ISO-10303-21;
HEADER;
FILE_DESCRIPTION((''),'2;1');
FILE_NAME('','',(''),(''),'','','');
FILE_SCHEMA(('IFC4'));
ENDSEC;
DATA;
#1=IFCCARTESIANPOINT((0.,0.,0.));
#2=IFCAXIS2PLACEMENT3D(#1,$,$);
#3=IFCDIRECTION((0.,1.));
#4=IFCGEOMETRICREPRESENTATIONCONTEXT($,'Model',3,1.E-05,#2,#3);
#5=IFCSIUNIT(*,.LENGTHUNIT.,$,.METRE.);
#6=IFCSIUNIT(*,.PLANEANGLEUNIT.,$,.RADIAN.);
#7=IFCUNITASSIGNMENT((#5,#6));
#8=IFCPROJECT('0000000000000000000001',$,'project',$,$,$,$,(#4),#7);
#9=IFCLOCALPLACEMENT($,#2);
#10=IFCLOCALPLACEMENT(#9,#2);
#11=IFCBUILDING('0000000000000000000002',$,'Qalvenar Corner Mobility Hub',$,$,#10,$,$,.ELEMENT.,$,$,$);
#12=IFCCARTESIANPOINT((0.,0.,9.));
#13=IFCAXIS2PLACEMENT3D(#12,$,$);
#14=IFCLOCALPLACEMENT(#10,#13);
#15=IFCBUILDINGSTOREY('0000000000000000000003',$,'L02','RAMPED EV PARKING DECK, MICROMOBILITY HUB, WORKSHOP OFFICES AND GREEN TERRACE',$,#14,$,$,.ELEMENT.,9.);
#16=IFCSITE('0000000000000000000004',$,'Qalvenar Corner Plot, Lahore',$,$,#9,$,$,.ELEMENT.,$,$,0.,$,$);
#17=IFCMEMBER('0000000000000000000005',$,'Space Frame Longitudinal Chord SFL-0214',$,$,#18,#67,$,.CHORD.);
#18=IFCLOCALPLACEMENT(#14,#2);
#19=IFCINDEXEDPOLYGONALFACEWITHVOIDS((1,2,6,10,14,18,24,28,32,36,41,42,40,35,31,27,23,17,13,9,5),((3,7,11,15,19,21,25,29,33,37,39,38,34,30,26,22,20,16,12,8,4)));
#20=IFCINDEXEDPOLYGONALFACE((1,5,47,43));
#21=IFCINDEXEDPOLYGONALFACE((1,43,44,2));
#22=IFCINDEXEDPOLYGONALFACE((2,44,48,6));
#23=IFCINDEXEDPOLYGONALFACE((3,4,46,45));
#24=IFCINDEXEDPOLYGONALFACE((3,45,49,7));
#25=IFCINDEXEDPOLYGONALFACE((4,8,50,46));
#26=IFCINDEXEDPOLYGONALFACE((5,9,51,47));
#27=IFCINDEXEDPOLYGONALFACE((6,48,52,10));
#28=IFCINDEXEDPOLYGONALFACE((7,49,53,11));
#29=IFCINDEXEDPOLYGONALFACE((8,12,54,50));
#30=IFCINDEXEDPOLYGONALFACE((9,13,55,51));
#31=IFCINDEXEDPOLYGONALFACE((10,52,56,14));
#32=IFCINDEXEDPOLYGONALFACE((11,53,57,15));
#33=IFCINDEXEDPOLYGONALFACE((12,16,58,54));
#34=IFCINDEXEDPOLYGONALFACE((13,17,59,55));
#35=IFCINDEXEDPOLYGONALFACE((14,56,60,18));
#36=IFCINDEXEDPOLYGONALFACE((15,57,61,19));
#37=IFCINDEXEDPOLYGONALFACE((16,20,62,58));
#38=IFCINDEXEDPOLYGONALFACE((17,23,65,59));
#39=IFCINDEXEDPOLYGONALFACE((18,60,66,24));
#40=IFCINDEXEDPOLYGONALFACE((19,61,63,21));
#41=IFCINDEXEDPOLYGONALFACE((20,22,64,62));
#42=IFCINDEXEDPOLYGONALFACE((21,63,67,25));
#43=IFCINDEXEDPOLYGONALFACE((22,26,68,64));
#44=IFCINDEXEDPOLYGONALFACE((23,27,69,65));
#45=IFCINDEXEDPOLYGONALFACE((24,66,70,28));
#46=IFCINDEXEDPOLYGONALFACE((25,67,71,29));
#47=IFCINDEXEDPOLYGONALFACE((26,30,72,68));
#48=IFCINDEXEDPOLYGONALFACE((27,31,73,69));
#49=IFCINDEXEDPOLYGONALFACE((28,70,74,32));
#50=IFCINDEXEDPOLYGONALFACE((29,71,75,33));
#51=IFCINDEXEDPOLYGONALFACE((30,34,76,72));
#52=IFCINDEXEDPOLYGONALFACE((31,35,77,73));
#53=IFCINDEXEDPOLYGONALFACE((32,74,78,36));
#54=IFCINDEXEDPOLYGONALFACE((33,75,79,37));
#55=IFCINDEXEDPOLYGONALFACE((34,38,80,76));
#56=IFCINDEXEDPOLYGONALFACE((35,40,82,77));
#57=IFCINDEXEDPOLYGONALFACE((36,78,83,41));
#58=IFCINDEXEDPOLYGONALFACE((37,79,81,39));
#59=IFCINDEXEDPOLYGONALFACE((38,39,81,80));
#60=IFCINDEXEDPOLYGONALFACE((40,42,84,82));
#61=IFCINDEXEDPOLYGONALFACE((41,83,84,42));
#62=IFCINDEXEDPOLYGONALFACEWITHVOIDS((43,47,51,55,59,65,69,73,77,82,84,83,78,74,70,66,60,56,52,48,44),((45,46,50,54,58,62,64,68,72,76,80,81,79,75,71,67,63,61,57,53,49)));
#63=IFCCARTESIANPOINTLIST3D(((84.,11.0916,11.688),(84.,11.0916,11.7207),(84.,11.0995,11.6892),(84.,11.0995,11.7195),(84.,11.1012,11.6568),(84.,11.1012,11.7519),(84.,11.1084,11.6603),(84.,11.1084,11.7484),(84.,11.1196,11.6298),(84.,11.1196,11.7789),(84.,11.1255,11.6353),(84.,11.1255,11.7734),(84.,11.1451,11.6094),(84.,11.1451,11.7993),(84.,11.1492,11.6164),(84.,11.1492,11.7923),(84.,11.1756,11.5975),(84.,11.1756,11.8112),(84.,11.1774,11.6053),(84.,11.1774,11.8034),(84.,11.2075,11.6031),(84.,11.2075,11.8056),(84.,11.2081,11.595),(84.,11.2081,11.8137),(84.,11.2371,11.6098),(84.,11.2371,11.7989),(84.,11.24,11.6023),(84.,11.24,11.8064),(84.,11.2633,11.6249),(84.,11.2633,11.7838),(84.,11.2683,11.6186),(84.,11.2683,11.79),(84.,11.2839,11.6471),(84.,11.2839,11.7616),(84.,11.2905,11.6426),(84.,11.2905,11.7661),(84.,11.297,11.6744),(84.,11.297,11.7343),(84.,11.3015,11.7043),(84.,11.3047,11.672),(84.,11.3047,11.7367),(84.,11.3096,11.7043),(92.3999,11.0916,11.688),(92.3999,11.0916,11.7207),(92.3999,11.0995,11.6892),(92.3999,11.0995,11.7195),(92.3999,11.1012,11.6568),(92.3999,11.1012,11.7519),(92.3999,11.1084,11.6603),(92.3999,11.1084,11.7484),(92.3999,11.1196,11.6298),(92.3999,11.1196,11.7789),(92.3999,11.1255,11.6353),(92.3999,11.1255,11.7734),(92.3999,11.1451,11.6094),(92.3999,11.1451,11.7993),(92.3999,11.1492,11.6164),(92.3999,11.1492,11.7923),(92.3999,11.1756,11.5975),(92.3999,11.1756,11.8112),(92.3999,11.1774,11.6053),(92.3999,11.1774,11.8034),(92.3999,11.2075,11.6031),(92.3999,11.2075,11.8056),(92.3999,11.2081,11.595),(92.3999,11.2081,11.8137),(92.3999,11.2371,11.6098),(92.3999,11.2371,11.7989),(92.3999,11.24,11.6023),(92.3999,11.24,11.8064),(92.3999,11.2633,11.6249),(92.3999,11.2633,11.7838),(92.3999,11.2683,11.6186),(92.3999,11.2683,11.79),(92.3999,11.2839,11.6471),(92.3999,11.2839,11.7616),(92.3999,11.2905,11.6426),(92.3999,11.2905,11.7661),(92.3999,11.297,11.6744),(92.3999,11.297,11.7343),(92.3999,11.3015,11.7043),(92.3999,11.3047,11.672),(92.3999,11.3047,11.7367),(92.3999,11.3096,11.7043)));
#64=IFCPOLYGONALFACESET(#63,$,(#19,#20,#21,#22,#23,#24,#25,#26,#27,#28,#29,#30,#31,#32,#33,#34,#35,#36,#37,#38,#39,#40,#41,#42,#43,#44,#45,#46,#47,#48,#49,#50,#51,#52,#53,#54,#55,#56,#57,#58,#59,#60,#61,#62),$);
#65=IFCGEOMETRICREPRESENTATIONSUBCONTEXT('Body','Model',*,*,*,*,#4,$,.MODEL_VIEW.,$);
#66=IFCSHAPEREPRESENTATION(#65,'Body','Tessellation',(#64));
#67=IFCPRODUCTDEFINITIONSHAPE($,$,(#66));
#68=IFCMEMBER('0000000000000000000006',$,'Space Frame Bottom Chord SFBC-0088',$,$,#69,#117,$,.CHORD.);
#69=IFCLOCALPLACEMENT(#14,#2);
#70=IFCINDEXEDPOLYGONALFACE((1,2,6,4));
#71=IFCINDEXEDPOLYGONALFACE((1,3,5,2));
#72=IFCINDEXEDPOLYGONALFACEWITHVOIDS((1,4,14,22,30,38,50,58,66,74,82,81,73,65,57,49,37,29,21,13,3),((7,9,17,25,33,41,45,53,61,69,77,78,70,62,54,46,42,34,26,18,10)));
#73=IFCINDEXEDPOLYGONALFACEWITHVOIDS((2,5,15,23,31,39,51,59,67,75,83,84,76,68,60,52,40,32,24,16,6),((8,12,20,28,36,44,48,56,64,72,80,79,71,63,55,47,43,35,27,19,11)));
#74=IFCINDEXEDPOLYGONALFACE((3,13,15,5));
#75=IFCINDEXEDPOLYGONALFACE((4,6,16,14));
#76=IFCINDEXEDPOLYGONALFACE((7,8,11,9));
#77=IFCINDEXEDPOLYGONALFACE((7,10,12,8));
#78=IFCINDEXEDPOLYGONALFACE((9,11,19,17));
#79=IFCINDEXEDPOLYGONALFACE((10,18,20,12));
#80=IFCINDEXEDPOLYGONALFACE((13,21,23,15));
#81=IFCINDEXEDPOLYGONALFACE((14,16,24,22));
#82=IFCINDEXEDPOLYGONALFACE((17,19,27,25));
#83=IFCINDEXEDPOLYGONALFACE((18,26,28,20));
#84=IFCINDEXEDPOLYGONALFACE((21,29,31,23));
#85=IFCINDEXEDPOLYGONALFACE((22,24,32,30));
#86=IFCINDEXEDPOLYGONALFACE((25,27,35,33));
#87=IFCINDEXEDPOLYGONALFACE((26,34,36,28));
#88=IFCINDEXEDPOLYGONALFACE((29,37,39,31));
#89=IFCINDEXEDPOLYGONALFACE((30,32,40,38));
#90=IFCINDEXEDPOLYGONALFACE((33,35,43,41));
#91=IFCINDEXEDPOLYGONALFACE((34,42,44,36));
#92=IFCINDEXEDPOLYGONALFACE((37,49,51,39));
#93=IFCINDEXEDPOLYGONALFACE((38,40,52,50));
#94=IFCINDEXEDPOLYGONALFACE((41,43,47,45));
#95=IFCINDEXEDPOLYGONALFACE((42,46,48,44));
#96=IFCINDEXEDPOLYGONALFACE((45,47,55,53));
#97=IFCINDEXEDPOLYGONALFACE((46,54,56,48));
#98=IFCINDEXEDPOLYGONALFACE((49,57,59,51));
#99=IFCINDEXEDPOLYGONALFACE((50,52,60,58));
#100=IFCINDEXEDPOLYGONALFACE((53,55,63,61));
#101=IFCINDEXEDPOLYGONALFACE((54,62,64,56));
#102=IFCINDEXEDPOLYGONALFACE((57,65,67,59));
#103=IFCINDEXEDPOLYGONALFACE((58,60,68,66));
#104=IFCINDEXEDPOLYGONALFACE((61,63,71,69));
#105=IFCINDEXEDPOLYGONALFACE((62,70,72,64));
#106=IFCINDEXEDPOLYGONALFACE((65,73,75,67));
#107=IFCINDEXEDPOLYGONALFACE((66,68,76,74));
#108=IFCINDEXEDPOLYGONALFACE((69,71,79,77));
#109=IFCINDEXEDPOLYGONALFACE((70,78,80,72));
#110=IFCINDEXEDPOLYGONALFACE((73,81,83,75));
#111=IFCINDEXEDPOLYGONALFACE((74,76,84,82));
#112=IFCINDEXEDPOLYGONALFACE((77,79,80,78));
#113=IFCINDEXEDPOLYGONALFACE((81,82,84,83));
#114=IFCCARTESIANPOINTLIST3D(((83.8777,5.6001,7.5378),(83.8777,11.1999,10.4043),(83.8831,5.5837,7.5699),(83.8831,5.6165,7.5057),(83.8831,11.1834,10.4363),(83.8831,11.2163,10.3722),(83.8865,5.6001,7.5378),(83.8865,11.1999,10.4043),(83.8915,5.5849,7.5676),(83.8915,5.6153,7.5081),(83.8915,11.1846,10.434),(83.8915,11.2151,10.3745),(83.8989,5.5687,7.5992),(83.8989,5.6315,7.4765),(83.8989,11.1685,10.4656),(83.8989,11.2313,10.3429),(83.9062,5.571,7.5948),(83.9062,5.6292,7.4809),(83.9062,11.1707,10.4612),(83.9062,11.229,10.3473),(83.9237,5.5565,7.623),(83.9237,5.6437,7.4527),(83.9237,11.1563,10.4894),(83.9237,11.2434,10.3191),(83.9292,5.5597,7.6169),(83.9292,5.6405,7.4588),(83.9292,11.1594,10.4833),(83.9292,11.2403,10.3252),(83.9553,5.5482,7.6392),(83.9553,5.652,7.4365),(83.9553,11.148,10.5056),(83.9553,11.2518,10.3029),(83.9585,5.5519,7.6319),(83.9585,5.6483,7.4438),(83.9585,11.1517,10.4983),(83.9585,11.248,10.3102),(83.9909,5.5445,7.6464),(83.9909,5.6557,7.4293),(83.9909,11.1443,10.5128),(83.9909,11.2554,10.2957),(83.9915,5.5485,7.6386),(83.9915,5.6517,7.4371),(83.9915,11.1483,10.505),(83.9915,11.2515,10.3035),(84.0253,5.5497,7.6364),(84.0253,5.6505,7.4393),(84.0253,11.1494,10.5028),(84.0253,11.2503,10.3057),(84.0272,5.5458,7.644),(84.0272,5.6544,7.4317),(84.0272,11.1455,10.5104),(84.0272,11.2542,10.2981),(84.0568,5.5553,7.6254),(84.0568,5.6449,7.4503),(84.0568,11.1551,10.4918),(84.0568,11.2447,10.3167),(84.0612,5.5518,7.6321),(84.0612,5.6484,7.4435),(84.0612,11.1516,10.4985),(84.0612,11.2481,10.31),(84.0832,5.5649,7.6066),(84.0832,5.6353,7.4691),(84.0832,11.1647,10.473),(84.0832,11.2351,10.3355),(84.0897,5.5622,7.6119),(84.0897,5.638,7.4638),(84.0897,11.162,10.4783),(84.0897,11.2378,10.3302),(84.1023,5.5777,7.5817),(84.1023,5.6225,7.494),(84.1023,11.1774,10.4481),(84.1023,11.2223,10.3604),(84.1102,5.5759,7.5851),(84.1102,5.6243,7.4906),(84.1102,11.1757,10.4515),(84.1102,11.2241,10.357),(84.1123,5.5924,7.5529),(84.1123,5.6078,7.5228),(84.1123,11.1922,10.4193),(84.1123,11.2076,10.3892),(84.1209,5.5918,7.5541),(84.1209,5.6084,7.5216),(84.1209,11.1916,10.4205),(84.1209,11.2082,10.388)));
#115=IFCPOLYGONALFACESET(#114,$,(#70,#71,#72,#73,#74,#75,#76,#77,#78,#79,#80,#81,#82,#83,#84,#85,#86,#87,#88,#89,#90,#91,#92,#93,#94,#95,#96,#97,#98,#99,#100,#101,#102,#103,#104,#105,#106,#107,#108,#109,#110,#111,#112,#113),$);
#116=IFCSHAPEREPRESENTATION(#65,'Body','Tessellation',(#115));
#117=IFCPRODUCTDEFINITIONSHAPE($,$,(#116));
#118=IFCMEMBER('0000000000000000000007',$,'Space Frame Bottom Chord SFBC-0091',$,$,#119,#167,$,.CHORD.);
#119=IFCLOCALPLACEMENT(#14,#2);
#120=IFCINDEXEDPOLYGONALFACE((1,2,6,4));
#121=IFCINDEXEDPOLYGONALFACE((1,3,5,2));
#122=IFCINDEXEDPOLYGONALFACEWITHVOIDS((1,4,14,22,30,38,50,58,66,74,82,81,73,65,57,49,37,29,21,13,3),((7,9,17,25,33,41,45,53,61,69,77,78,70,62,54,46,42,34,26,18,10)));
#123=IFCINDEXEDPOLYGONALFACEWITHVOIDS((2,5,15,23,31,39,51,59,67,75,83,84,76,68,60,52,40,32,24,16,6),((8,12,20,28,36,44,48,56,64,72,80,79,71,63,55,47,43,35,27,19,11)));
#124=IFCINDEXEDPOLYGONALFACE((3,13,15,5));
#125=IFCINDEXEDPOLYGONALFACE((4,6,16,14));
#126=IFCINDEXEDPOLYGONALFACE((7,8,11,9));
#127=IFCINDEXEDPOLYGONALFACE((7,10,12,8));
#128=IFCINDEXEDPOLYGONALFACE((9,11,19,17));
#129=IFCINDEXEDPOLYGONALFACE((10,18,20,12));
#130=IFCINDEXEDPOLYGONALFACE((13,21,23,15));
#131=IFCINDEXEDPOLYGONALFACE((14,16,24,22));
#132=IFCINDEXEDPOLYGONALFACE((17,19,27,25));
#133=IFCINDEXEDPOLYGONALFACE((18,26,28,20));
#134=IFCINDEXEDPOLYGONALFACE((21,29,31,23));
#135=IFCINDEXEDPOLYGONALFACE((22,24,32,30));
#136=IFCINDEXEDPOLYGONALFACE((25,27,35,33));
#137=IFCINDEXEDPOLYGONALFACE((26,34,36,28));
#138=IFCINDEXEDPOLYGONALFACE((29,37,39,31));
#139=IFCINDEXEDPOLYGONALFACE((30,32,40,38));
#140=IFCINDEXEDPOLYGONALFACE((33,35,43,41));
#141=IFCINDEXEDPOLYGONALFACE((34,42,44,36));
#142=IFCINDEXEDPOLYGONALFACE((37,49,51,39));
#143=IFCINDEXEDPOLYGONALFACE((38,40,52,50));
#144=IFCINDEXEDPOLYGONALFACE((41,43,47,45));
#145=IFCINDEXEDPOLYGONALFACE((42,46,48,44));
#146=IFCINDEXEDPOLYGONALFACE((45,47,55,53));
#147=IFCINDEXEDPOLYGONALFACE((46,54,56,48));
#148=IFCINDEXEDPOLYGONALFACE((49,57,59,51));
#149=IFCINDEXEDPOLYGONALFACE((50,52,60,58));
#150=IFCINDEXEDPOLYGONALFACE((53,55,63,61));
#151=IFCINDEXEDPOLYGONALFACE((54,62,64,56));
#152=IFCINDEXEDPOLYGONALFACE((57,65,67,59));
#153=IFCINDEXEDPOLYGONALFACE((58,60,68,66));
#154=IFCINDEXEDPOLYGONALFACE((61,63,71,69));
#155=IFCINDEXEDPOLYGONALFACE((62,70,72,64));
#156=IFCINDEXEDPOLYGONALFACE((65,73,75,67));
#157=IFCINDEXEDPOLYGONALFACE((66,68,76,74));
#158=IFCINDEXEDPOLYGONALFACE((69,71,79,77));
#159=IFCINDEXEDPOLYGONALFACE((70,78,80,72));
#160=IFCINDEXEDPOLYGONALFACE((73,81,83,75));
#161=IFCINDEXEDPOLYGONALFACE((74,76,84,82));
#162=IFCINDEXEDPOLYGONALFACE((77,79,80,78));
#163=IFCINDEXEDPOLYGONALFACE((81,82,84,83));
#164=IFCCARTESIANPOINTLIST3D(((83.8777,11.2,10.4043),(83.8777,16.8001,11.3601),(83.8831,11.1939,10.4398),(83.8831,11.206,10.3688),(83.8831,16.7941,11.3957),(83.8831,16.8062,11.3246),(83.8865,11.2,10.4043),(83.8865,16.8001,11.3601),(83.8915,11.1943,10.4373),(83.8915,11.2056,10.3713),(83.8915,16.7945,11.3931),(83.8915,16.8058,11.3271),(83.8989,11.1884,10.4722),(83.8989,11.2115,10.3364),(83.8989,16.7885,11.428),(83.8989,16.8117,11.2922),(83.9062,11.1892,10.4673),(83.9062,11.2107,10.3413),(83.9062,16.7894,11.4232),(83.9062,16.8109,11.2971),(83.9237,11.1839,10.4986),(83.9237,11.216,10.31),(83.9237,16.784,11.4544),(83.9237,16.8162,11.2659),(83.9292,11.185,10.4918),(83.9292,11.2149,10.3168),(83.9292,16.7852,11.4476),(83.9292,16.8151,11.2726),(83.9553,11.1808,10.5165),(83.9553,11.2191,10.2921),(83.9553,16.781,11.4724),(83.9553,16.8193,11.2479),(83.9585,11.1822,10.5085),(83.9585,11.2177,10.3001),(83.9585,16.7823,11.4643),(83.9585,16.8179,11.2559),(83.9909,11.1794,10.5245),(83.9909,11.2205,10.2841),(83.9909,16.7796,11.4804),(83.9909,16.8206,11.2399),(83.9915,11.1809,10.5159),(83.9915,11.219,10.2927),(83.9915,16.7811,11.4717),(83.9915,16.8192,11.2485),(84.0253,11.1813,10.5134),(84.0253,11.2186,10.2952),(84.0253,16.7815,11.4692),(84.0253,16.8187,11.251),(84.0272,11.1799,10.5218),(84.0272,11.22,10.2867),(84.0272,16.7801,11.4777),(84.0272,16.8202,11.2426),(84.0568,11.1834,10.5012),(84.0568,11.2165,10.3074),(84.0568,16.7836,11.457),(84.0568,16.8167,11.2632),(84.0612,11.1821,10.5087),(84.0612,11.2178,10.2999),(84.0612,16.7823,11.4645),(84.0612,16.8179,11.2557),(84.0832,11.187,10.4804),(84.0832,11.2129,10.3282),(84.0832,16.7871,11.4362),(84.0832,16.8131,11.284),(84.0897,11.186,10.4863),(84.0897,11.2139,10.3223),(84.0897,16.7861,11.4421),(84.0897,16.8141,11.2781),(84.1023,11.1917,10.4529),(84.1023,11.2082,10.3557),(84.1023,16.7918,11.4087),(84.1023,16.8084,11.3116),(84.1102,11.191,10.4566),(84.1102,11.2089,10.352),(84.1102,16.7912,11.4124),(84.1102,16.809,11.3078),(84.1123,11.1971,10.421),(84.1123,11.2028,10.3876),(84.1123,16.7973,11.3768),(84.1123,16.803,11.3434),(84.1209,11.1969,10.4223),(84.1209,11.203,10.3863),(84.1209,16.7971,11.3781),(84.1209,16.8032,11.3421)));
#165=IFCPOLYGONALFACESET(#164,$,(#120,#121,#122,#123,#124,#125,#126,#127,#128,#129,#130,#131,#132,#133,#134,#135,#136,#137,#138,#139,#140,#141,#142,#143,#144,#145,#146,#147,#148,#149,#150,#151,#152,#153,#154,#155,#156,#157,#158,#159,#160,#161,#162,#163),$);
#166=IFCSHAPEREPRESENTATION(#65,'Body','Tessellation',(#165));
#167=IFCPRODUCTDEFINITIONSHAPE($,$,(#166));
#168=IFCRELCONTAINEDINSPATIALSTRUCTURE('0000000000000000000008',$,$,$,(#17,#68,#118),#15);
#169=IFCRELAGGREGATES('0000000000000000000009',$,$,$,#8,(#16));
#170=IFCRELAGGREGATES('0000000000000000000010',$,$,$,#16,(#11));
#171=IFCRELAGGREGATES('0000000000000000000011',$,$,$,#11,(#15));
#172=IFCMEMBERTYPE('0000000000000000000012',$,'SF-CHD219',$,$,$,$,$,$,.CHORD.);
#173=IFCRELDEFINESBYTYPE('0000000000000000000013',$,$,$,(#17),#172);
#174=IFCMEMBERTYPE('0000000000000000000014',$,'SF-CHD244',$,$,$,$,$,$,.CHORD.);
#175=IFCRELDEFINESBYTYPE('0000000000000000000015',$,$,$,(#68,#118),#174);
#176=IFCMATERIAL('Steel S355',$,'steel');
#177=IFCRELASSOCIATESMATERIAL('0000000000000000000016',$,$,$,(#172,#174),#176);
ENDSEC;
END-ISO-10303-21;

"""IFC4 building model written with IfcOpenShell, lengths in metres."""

from ifc_helpers import new_model, si_unit, direction, frame, origin, origin_2d, place, context, subcontext, project, spatial, hollow_circle, extrude, material, material_profile, profile_set, type_object, element, save


model = new_model("IFC4")

# Units and contexts
model_context = context("Model", 3, precision=1e-05, world=origin(), true_north=direction((0.0, 1.0)))
body_context = subcontext(model_context, "Body", "Model", "MODEL_VIEW")
ifc_project = project(units=[si_unit("LENGTHUNIT", "METRE"), si_unit("PLANEANGLEUNIT", "RADIAN")], contexts=[model_context])

# Site, building, storey
site_placement = place(None, origin())
site = spatial("IfcSite", under=ifc_project, at=site_placement, Name="Qalvenar Corner Plot, Lahore", CompositionType="ELEMENT", RefElevation=0.0)
building_placement = place(site_placement, origin())
building = spatial("IfcBuilding", under=site, at=building_placement, Name="Qalvenar Corner Mobility Hub", CompositionType="ELEMENT")
storey_placement = place(building_placement, frame((0.0, 0.0, 9.0)))
storey = spatial("IfcBuildingStorey", under=building, at=storey_placement, Name="L02", Description="RAMPED EV PARKING DECK, MICROMOBILITY HUB, WORKSHOP OFFICES AND GREEN TERRACE", CompositionType="ELEMENT", Elevation=9.0)

# Members
ifc_material_1 = material(Name="Steel S355", Category="steel")
ifc_material_profile_1 = material_profile(ifc_material_1, hollow_circle(Radius=0.1096, WallThickness=0.0081, at=origin_2d()), Name="CHS219.1x8")
ifc_profile_set_1 = profile_set([ifc_material_profile_1], Name="Steel S355")
member_type_1 = type_object("IfcMemberType", Name="SF-CHD219", PredefinedType="CHORD", material=ifc_profile_set_1)
for number, where, z_axis, x_axis, name in (
    (1, (84.0, 11.2, 11.7043), (1.0, 0.0, 0.0), (0.0, 1.0, 0.0), "Space Frame Longitudinal Chord SFL-0214"),
):
    element("IfcMember", number, at=place(storey_placement, frame(where, z_axis=z_axis, x_axis=x_axis)), inside=storey, type_object=member_type_1, Name=name, PredefinedType="CHORD", context=body_context, shape_type="SweptSolid", body=[
        extrude(hollow_circle(Radius=0.1096, WallThickness=0.0081, at=origin_2d()), origin(), (0.0, 0.0, 1.0), 8.3999),
    ])
ifc_material_profile_2 = material_profile(ifc_material_1, hollow_circle(Radius=0.1223, WallThickness=0.0088, at=origin_2d()), Name="CHS244.5x8.8")
ifc_profile_set_2 = profile_set([ifc_material_profile_2], Name="Steel S355")
member_type_2 = type_object("IfcMemberType", Name="SF-CHD244", PredefinedType="CHORD", material=ifc_profile_set_2)
member_1_placement = place(storey_placement, frame((84.0, 5.6001, 7.5378), z_axis=(0.0, 0.890157, 0.455654), x_axis=(-1.0, 0.0, 0.0)))
element("IfcMember", 2, at=member_1_placement, inside=storey, type_object=member_type_2, Name="Space Frame Bottom Chord SFBC-0088", PredefinedType="CHORD", context=body_context, shape_type="SweptSolid", body=[
    extrude(hollow_circle(Radius=0.1223, WallThickness=0.0088, at=origin_2d()), origin(), (0.0, 0.0, 1.0), 6.2908),
])
member_2_placement = place(storey_placement, frame((84.0, 11.2, 10.4043), z_axis=(0.0, 0.985745, 0.168245), x_axis=(-1.0, 0.0, 0.0)))
element("IfcMember", 3, at=member_2_placement, inside=storey, type_object=member_type_2, Name="Space Frame Bottom Chord SFBC-0091", PredefinedType="CHORD", context=body_context, shape_type="SweptSolid", body=[
    extrude(hollow_circle(Radius=0.1223, WallThickness=0.0088, at=origin_2d()), origin(), (0.0, 0.0, 1.0), 5.6812),
])

save(model, "model.ifc")
